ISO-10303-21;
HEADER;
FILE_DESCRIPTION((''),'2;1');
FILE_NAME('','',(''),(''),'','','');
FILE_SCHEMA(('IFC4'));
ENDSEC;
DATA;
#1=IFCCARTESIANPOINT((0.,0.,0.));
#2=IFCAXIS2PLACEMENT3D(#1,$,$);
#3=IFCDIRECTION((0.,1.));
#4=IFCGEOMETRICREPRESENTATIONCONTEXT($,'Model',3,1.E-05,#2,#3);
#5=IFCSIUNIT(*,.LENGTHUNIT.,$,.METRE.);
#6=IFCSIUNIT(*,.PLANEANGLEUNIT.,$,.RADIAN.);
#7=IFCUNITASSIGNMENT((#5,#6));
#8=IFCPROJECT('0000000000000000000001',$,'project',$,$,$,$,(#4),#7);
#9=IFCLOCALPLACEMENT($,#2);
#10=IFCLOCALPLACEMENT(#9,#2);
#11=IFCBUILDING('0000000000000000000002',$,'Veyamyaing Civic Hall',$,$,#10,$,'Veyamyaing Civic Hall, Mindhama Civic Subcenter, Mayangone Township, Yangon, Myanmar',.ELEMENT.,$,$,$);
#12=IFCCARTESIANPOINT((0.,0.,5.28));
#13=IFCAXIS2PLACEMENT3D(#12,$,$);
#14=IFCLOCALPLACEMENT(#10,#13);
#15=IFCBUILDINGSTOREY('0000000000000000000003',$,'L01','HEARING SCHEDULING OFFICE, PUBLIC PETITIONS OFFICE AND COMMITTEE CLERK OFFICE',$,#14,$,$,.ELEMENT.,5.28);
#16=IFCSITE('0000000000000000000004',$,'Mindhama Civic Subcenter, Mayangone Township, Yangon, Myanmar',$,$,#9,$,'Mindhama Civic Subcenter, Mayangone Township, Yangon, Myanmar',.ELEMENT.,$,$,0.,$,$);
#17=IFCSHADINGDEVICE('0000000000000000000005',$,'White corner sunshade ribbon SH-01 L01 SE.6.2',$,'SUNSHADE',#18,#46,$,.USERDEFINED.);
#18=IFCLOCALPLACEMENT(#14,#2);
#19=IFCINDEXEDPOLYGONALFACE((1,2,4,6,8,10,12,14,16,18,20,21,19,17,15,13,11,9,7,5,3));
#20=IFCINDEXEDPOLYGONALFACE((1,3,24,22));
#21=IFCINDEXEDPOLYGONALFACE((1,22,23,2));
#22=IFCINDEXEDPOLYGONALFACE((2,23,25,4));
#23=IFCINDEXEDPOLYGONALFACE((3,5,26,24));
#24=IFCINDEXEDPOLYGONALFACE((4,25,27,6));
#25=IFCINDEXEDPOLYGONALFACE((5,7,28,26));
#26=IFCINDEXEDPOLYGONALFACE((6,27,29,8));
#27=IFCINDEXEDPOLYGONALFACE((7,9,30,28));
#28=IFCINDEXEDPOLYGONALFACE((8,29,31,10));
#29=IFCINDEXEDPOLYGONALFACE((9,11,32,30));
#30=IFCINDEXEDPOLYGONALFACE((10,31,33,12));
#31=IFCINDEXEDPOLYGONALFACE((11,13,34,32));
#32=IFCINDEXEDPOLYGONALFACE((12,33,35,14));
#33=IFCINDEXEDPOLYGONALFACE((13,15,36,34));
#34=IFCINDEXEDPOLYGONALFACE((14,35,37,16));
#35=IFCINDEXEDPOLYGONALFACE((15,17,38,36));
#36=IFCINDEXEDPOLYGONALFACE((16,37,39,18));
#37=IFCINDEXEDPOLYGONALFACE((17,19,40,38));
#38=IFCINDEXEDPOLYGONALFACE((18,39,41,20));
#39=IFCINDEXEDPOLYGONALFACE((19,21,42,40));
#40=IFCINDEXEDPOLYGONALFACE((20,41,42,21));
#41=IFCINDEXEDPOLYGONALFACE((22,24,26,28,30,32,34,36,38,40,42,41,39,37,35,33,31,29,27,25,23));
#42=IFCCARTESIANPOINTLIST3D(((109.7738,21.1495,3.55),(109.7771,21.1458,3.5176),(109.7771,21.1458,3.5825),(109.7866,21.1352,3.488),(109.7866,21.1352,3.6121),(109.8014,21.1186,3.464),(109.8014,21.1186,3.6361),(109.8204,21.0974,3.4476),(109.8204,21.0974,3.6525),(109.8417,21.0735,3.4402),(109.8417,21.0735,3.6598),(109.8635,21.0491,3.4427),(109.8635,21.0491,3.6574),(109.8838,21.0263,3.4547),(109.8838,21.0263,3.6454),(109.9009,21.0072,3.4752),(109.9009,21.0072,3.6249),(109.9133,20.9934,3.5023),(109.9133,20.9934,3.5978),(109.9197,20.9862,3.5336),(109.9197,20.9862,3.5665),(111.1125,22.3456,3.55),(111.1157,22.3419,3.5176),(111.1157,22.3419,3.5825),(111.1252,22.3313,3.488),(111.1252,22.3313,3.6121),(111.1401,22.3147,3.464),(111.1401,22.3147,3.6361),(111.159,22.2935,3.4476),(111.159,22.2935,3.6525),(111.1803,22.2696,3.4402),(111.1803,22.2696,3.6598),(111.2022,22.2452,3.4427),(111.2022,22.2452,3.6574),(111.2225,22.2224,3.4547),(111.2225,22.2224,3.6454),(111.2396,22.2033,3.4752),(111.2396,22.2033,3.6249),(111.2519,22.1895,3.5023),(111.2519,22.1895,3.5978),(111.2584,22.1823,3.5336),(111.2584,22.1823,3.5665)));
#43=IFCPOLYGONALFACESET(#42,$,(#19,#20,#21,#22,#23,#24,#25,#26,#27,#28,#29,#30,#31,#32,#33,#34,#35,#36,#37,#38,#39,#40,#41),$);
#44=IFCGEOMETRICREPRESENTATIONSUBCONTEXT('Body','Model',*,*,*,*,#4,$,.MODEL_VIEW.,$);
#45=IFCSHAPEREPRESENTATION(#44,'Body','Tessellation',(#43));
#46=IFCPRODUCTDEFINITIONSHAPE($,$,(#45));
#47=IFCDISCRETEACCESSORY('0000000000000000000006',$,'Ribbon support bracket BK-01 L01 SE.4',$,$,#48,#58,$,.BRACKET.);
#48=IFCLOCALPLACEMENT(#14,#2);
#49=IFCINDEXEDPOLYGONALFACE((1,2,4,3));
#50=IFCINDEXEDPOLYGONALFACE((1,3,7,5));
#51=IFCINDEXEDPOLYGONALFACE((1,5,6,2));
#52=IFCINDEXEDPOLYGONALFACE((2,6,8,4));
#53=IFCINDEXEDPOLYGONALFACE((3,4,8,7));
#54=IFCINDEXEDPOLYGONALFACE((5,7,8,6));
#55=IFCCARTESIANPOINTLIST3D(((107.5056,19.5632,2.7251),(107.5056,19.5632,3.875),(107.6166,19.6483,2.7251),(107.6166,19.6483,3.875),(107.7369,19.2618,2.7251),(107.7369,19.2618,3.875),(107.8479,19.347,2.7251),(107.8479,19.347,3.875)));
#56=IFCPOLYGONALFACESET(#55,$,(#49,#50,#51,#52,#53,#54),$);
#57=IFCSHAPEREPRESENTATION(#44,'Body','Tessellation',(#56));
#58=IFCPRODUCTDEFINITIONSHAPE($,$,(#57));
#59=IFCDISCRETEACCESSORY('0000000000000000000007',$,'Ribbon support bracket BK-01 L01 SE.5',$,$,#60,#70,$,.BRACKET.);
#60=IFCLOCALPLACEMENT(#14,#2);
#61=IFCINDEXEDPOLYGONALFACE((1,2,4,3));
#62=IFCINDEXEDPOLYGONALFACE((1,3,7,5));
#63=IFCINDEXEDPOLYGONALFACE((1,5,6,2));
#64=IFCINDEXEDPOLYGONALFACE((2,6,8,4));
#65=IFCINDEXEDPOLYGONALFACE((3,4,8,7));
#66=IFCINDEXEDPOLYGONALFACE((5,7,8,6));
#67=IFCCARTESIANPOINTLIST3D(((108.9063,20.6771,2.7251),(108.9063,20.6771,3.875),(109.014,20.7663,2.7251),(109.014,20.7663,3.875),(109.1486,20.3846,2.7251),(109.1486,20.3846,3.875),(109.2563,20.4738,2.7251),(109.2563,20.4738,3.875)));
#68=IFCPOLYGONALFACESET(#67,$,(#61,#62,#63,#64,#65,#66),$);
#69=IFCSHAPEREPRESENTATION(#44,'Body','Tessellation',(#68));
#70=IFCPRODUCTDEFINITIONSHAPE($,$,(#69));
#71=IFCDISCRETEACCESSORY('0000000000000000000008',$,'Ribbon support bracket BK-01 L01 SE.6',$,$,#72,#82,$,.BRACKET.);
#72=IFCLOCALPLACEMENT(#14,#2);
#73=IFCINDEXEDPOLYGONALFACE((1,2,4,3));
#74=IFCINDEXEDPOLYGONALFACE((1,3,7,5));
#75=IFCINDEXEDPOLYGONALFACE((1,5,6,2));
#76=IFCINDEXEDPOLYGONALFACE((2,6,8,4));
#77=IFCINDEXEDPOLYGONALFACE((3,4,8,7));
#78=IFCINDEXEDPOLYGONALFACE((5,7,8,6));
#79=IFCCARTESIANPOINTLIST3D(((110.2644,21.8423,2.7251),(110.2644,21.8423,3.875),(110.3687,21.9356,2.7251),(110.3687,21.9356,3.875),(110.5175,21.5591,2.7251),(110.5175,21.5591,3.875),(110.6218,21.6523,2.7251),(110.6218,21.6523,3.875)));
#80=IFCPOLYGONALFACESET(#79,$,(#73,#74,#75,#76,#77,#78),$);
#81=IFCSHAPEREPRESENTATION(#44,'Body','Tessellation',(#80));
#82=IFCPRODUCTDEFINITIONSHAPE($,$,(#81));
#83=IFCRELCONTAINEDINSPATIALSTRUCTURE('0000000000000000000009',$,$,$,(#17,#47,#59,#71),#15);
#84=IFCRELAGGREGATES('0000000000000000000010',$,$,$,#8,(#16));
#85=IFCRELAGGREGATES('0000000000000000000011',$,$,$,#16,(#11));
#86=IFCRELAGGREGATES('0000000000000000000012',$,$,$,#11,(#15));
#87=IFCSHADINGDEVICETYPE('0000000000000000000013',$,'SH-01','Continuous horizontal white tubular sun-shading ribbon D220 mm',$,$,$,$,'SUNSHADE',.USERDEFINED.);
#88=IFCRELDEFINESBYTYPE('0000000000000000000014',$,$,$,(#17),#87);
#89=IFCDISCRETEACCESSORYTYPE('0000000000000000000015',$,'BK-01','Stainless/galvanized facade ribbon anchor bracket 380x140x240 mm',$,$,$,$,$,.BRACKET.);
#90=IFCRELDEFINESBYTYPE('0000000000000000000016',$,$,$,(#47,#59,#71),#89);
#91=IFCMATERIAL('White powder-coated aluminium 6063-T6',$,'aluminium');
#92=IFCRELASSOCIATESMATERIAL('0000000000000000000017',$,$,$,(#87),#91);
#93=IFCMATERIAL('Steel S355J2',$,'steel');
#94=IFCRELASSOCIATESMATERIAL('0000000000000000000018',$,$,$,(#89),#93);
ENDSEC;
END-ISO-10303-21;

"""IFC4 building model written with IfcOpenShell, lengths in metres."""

from ifc_helpers import new_model, si_unit, direction, frame, origin, origin_2d, place, context, subcontext, project, spatial, rectangle, circle, extrude, material, material_profile, profile_set, type_object, element, save


model = new_model("IFC4")

# Units and contexts
model_context = context("Model", 3, precision=1e-05, world=origin(), true_north=direction((0.0, 1.0)))
body_context = subcontext(model_context, "Body", "Model", "MODEL_VIEW")
ifc_project = project(units=[si_unit("LENGTHUNIT", "METRE"), si_unit("PLANEANGLEUNIT", "RADIAN")], contexts=[model_context])

# Site, building, storey
site_placement = place(None, origin())
site = spatial("IfcSite", under=ifc_project, at=site_placement, Name="Mindhama Civic Subcenter, Mayangone Township, Yangon, Myanmar", LongName="Mindhama Civic Subcenter, Mayangone Township, Yangon, Myanmar", CompositionType="ELEMENT", RefElevation=0.0)
building_placement = place(site_placement, origin())
building = spatial("IfcBuilding", under=site, at=building_placement, Name="Veyamyaing Civic Hall", LongName="Veyamyaing Civic Hall, Mindhama Civic Subcenter, Mayangone Township, Yangon, Myanmar", CompositionType="ELEMENT")
storey_placement = place(building_placement, frame((0.0, 0.0, 5.28)))
storey = spatial("IfcBuildingStorey", under=building, at=storey_placement, Name="L01", Description="HEARING SCHEDULING OFFICE, PUBLIC PETITIONS OFFICE AND COMMITTEE CLERK OFFICE", CompositionType="ELEMENT", Elevation=5.28)

# Shared definitions
ifc_material_1 = material(Name="White powder-coated aluminium 6063-T6", Category="aluminium")

# Shading device
ifc_material_profile_1 = material_profile(ifc_material_1, circle(Radius=0.1101, at=origin_2d()), Name="SHADE-TUBE-220")
ifc_profile_set_1 = profile_set([ifc_material_profile_1], Name="White powder-coated aluminium 6063-T6")
shading_device_type = type_object("IfcShadingDeviceType", Name="SH-01", Description="Continuous horizontal white tubular sun-shading ribbon D220 mm", ElementType="SUNSHADE", PredefinedType="USERDEFINED", material=ifc_profile_set_1)
for number, where, z_axis, x_axis, name in (
    (1, (109.8472, 21.0674, 3.55), (0.745704, 0.666278, 0.0), (-0.666278, 0.745704, 0.0), "White corner sunshade ribbon SH-01 L01 SE.6.2"),
):
    element("IfcShadingDevice", number, at=place(storey_placement, frame(where, z_axis=z_axis, x_axis=x_axis)), inside=storey, type_object=shading_device_type, Name=name, ObjectType="SUNSHADE", PredefinedType="USERDEFINED", context=body_context, shape_type="SweptSolid", body=[
        extrude(circle(Radius=0.1101, at=origin_2d()), origin(), (0.0, 0.0, 1.0), 1.7952),
    ])

# Discrete accessories
ifc_material_2 = material(Name="Steel S355J2", Category="steel")
discrete_accessory_type = type_object("IfcDiscreteAccessoryType", Name="BK-01", Description="Stainless/galvanized facade ribbon anchor bracket 380x140x240 mm", PredefinedType="BRACKET", material=ifc_material_2)
for number, where, z_axis, x_axis, name in (
    (2, (107.6768, 19.4551, 2.7251), (0.0, 0.0, 1.0), (0.608761, -0.793353, 0.0), "Ribbon support bracket BK-01 L01 SE.4"),
    (3, (109.0813, 20.5754, 2.7251), (0.0, 0.0, 1.0), (0.638, -0.770036, 0.0), "Ribbon support bracket BK-01 L01 SE.5"),
    (4, (110.4431, 21.7473, 2.7251), (0.0, 0.0, 1.0), (0.666347, -0.745642, 0.0), "Ribbon support bracket BK-01 L01 SE.6"),
):
    element("IfcDiscreteAccessory", number, at=place(storey_placement, frame(where, z_axis=z_axis, x_axis=x_axis)), inside=storey, type_object=discrete_accessory_type, Name=name, PredefinedType="BRACKET", context=body_context, shape_type="SweptSolid", body=[
        extrude(rectangle(XDim=0.3799, YDim=0.1399, at=origin_2d()), origin(), (0.0, 0.0, 1.0), 1.1499),
    ])

save(model, "model.ifc")
